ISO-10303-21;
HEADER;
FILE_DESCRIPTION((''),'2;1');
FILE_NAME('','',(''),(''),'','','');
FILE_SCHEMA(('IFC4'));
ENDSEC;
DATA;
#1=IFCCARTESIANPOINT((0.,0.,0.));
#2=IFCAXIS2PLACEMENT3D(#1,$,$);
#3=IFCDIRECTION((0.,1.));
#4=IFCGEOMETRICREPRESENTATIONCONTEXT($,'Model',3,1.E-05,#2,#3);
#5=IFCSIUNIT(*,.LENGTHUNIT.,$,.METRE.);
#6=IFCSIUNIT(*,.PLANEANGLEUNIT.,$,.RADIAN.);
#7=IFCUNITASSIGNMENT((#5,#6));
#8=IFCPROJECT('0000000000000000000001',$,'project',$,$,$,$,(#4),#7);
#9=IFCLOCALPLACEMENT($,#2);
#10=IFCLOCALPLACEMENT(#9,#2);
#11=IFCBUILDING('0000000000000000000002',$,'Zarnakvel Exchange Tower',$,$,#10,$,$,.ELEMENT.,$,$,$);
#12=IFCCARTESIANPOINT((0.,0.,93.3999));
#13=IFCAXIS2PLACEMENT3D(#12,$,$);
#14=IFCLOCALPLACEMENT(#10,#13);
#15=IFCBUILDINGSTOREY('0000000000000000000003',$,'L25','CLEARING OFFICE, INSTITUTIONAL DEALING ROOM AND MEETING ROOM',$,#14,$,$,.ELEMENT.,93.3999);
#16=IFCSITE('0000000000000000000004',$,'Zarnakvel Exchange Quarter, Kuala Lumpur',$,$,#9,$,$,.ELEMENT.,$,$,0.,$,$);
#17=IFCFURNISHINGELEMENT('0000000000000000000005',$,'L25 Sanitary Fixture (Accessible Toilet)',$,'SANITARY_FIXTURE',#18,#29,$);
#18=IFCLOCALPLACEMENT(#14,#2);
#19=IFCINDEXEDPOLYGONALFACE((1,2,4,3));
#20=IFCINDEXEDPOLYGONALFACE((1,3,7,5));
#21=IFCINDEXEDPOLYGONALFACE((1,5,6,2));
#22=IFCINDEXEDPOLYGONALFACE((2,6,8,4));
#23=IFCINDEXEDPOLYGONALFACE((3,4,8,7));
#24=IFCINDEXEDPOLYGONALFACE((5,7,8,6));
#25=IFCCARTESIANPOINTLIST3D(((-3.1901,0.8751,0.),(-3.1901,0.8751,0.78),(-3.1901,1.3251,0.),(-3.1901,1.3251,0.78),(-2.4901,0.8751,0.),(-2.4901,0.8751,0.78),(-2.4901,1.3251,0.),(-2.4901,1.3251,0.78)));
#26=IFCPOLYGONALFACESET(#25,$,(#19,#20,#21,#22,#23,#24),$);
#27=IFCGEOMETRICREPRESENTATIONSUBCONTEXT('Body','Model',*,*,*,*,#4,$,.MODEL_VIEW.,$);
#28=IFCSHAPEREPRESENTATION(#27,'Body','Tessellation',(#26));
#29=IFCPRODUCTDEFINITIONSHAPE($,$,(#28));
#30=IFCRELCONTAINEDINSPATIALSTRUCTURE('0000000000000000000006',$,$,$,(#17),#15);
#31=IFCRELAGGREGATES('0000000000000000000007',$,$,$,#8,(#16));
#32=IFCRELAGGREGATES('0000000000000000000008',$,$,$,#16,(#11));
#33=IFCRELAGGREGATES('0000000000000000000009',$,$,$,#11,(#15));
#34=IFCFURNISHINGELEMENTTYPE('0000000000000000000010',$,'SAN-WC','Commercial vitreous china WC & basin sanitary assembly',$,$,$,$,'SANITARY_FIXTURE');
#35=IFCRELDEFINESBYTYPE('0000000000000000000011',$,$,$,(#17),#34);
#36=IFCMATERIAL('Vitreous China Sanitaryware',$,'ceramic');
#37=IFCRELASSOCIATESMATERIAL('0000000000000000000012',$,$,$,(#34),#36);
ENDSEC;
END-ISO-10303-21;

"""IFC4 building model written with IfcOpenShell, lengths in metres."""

from ifc_helpers import new_model, si_unit, direction, frame, origin, origin_2d, place, context, subcontext, project, spatial, rectangle, extrude, source, transform, mapped, material, type_object, element, save


model = new_model("IFC4")

# Units and contexts
model_context = context("Model", 3, precision=1e-05, world=origin(), true_north=direction((0.0, 1.0)))
body_context = subcontext(model_context, "Body", "Model", "MODEL_VIEW")
ifc_project = project(units=[si_unit("LENGTHUNIT", "METRE"), si_unit("PLANEANGLEUNIT", "RADIAN")], contexts=[model_context])

# Site, building, storey
site_placement = place(None, origin())
site = spatial("IfcSite", under=ifc_project, at=site_placement, Name="Zarnakvel Exchange Quarter, Kuala Lumpur", CompositionType="ELEMENT", RefElevation=0.0)
building_placement = place(site_placement, origin())
building = spatial("IfcBuilding", under=site, at=building_placement, Name="Zarnakvel Exchange Tower", CompositionType="ELEMENT")
storey_placement = place(building_placement, frame((0.0, 0.0, 93.3999)))
storey = spatial("IfcBuildingStorey", under=building, at=storey_placement, Name="L25", Description="CLEARING OFFICE, INSTITUTIONAL DEALING ROOM AND MEETING ROOM", CompositionType="ELEMENT", Elevation=93.3999)

# Furnishing element
ifc_material_1 = material(Name="Vitreous China Sanitaryware", Category="ceramic")
furnishing_element_type = type_object("IfcFurnishingElementType", Name="SAN-WC", Description="Commercial vitreous china WC & basin sanitary assembly", ElementType="SANITARY_FIXTURE", material=ifc_material_1)
shared_shape_1 = source(origin(), body_context, "Body", "SweptSolid", [
    extrude(rectangle(XDim=0.7, YDim=0.45, at=origin_2d()), origin(), (0.0, 0.0, 1.0), 0.78),
])
furnishing_placement = place(storey_placement, frame((-2.8401, 1.1001, 0.0), z_axis=(0.0, 0.0, 1.0), x_axis=(1.0, 0.0, 0.0)))
element("IfcFurnishingElement", 1, at=furnishing_placement, inside=storey, type_object=furnishing_element_type, Name="L25 Sanitary Fixture (Accessible Toilet)", ObjectType="SANITARY_FIXTURE", context=body_context, shape_type="MappedRepresentation", body=[
    mapped(shared_shape_1, transform((0.0, 0.0, 0.0), x_axis=(1.0, 0.0, 0.0), y_axis=(0.0, 1.0, 0.0), z_axis=(0.0, 0.0, 1.0), scale=1.0)),
])

save(model, "model.ifc")
